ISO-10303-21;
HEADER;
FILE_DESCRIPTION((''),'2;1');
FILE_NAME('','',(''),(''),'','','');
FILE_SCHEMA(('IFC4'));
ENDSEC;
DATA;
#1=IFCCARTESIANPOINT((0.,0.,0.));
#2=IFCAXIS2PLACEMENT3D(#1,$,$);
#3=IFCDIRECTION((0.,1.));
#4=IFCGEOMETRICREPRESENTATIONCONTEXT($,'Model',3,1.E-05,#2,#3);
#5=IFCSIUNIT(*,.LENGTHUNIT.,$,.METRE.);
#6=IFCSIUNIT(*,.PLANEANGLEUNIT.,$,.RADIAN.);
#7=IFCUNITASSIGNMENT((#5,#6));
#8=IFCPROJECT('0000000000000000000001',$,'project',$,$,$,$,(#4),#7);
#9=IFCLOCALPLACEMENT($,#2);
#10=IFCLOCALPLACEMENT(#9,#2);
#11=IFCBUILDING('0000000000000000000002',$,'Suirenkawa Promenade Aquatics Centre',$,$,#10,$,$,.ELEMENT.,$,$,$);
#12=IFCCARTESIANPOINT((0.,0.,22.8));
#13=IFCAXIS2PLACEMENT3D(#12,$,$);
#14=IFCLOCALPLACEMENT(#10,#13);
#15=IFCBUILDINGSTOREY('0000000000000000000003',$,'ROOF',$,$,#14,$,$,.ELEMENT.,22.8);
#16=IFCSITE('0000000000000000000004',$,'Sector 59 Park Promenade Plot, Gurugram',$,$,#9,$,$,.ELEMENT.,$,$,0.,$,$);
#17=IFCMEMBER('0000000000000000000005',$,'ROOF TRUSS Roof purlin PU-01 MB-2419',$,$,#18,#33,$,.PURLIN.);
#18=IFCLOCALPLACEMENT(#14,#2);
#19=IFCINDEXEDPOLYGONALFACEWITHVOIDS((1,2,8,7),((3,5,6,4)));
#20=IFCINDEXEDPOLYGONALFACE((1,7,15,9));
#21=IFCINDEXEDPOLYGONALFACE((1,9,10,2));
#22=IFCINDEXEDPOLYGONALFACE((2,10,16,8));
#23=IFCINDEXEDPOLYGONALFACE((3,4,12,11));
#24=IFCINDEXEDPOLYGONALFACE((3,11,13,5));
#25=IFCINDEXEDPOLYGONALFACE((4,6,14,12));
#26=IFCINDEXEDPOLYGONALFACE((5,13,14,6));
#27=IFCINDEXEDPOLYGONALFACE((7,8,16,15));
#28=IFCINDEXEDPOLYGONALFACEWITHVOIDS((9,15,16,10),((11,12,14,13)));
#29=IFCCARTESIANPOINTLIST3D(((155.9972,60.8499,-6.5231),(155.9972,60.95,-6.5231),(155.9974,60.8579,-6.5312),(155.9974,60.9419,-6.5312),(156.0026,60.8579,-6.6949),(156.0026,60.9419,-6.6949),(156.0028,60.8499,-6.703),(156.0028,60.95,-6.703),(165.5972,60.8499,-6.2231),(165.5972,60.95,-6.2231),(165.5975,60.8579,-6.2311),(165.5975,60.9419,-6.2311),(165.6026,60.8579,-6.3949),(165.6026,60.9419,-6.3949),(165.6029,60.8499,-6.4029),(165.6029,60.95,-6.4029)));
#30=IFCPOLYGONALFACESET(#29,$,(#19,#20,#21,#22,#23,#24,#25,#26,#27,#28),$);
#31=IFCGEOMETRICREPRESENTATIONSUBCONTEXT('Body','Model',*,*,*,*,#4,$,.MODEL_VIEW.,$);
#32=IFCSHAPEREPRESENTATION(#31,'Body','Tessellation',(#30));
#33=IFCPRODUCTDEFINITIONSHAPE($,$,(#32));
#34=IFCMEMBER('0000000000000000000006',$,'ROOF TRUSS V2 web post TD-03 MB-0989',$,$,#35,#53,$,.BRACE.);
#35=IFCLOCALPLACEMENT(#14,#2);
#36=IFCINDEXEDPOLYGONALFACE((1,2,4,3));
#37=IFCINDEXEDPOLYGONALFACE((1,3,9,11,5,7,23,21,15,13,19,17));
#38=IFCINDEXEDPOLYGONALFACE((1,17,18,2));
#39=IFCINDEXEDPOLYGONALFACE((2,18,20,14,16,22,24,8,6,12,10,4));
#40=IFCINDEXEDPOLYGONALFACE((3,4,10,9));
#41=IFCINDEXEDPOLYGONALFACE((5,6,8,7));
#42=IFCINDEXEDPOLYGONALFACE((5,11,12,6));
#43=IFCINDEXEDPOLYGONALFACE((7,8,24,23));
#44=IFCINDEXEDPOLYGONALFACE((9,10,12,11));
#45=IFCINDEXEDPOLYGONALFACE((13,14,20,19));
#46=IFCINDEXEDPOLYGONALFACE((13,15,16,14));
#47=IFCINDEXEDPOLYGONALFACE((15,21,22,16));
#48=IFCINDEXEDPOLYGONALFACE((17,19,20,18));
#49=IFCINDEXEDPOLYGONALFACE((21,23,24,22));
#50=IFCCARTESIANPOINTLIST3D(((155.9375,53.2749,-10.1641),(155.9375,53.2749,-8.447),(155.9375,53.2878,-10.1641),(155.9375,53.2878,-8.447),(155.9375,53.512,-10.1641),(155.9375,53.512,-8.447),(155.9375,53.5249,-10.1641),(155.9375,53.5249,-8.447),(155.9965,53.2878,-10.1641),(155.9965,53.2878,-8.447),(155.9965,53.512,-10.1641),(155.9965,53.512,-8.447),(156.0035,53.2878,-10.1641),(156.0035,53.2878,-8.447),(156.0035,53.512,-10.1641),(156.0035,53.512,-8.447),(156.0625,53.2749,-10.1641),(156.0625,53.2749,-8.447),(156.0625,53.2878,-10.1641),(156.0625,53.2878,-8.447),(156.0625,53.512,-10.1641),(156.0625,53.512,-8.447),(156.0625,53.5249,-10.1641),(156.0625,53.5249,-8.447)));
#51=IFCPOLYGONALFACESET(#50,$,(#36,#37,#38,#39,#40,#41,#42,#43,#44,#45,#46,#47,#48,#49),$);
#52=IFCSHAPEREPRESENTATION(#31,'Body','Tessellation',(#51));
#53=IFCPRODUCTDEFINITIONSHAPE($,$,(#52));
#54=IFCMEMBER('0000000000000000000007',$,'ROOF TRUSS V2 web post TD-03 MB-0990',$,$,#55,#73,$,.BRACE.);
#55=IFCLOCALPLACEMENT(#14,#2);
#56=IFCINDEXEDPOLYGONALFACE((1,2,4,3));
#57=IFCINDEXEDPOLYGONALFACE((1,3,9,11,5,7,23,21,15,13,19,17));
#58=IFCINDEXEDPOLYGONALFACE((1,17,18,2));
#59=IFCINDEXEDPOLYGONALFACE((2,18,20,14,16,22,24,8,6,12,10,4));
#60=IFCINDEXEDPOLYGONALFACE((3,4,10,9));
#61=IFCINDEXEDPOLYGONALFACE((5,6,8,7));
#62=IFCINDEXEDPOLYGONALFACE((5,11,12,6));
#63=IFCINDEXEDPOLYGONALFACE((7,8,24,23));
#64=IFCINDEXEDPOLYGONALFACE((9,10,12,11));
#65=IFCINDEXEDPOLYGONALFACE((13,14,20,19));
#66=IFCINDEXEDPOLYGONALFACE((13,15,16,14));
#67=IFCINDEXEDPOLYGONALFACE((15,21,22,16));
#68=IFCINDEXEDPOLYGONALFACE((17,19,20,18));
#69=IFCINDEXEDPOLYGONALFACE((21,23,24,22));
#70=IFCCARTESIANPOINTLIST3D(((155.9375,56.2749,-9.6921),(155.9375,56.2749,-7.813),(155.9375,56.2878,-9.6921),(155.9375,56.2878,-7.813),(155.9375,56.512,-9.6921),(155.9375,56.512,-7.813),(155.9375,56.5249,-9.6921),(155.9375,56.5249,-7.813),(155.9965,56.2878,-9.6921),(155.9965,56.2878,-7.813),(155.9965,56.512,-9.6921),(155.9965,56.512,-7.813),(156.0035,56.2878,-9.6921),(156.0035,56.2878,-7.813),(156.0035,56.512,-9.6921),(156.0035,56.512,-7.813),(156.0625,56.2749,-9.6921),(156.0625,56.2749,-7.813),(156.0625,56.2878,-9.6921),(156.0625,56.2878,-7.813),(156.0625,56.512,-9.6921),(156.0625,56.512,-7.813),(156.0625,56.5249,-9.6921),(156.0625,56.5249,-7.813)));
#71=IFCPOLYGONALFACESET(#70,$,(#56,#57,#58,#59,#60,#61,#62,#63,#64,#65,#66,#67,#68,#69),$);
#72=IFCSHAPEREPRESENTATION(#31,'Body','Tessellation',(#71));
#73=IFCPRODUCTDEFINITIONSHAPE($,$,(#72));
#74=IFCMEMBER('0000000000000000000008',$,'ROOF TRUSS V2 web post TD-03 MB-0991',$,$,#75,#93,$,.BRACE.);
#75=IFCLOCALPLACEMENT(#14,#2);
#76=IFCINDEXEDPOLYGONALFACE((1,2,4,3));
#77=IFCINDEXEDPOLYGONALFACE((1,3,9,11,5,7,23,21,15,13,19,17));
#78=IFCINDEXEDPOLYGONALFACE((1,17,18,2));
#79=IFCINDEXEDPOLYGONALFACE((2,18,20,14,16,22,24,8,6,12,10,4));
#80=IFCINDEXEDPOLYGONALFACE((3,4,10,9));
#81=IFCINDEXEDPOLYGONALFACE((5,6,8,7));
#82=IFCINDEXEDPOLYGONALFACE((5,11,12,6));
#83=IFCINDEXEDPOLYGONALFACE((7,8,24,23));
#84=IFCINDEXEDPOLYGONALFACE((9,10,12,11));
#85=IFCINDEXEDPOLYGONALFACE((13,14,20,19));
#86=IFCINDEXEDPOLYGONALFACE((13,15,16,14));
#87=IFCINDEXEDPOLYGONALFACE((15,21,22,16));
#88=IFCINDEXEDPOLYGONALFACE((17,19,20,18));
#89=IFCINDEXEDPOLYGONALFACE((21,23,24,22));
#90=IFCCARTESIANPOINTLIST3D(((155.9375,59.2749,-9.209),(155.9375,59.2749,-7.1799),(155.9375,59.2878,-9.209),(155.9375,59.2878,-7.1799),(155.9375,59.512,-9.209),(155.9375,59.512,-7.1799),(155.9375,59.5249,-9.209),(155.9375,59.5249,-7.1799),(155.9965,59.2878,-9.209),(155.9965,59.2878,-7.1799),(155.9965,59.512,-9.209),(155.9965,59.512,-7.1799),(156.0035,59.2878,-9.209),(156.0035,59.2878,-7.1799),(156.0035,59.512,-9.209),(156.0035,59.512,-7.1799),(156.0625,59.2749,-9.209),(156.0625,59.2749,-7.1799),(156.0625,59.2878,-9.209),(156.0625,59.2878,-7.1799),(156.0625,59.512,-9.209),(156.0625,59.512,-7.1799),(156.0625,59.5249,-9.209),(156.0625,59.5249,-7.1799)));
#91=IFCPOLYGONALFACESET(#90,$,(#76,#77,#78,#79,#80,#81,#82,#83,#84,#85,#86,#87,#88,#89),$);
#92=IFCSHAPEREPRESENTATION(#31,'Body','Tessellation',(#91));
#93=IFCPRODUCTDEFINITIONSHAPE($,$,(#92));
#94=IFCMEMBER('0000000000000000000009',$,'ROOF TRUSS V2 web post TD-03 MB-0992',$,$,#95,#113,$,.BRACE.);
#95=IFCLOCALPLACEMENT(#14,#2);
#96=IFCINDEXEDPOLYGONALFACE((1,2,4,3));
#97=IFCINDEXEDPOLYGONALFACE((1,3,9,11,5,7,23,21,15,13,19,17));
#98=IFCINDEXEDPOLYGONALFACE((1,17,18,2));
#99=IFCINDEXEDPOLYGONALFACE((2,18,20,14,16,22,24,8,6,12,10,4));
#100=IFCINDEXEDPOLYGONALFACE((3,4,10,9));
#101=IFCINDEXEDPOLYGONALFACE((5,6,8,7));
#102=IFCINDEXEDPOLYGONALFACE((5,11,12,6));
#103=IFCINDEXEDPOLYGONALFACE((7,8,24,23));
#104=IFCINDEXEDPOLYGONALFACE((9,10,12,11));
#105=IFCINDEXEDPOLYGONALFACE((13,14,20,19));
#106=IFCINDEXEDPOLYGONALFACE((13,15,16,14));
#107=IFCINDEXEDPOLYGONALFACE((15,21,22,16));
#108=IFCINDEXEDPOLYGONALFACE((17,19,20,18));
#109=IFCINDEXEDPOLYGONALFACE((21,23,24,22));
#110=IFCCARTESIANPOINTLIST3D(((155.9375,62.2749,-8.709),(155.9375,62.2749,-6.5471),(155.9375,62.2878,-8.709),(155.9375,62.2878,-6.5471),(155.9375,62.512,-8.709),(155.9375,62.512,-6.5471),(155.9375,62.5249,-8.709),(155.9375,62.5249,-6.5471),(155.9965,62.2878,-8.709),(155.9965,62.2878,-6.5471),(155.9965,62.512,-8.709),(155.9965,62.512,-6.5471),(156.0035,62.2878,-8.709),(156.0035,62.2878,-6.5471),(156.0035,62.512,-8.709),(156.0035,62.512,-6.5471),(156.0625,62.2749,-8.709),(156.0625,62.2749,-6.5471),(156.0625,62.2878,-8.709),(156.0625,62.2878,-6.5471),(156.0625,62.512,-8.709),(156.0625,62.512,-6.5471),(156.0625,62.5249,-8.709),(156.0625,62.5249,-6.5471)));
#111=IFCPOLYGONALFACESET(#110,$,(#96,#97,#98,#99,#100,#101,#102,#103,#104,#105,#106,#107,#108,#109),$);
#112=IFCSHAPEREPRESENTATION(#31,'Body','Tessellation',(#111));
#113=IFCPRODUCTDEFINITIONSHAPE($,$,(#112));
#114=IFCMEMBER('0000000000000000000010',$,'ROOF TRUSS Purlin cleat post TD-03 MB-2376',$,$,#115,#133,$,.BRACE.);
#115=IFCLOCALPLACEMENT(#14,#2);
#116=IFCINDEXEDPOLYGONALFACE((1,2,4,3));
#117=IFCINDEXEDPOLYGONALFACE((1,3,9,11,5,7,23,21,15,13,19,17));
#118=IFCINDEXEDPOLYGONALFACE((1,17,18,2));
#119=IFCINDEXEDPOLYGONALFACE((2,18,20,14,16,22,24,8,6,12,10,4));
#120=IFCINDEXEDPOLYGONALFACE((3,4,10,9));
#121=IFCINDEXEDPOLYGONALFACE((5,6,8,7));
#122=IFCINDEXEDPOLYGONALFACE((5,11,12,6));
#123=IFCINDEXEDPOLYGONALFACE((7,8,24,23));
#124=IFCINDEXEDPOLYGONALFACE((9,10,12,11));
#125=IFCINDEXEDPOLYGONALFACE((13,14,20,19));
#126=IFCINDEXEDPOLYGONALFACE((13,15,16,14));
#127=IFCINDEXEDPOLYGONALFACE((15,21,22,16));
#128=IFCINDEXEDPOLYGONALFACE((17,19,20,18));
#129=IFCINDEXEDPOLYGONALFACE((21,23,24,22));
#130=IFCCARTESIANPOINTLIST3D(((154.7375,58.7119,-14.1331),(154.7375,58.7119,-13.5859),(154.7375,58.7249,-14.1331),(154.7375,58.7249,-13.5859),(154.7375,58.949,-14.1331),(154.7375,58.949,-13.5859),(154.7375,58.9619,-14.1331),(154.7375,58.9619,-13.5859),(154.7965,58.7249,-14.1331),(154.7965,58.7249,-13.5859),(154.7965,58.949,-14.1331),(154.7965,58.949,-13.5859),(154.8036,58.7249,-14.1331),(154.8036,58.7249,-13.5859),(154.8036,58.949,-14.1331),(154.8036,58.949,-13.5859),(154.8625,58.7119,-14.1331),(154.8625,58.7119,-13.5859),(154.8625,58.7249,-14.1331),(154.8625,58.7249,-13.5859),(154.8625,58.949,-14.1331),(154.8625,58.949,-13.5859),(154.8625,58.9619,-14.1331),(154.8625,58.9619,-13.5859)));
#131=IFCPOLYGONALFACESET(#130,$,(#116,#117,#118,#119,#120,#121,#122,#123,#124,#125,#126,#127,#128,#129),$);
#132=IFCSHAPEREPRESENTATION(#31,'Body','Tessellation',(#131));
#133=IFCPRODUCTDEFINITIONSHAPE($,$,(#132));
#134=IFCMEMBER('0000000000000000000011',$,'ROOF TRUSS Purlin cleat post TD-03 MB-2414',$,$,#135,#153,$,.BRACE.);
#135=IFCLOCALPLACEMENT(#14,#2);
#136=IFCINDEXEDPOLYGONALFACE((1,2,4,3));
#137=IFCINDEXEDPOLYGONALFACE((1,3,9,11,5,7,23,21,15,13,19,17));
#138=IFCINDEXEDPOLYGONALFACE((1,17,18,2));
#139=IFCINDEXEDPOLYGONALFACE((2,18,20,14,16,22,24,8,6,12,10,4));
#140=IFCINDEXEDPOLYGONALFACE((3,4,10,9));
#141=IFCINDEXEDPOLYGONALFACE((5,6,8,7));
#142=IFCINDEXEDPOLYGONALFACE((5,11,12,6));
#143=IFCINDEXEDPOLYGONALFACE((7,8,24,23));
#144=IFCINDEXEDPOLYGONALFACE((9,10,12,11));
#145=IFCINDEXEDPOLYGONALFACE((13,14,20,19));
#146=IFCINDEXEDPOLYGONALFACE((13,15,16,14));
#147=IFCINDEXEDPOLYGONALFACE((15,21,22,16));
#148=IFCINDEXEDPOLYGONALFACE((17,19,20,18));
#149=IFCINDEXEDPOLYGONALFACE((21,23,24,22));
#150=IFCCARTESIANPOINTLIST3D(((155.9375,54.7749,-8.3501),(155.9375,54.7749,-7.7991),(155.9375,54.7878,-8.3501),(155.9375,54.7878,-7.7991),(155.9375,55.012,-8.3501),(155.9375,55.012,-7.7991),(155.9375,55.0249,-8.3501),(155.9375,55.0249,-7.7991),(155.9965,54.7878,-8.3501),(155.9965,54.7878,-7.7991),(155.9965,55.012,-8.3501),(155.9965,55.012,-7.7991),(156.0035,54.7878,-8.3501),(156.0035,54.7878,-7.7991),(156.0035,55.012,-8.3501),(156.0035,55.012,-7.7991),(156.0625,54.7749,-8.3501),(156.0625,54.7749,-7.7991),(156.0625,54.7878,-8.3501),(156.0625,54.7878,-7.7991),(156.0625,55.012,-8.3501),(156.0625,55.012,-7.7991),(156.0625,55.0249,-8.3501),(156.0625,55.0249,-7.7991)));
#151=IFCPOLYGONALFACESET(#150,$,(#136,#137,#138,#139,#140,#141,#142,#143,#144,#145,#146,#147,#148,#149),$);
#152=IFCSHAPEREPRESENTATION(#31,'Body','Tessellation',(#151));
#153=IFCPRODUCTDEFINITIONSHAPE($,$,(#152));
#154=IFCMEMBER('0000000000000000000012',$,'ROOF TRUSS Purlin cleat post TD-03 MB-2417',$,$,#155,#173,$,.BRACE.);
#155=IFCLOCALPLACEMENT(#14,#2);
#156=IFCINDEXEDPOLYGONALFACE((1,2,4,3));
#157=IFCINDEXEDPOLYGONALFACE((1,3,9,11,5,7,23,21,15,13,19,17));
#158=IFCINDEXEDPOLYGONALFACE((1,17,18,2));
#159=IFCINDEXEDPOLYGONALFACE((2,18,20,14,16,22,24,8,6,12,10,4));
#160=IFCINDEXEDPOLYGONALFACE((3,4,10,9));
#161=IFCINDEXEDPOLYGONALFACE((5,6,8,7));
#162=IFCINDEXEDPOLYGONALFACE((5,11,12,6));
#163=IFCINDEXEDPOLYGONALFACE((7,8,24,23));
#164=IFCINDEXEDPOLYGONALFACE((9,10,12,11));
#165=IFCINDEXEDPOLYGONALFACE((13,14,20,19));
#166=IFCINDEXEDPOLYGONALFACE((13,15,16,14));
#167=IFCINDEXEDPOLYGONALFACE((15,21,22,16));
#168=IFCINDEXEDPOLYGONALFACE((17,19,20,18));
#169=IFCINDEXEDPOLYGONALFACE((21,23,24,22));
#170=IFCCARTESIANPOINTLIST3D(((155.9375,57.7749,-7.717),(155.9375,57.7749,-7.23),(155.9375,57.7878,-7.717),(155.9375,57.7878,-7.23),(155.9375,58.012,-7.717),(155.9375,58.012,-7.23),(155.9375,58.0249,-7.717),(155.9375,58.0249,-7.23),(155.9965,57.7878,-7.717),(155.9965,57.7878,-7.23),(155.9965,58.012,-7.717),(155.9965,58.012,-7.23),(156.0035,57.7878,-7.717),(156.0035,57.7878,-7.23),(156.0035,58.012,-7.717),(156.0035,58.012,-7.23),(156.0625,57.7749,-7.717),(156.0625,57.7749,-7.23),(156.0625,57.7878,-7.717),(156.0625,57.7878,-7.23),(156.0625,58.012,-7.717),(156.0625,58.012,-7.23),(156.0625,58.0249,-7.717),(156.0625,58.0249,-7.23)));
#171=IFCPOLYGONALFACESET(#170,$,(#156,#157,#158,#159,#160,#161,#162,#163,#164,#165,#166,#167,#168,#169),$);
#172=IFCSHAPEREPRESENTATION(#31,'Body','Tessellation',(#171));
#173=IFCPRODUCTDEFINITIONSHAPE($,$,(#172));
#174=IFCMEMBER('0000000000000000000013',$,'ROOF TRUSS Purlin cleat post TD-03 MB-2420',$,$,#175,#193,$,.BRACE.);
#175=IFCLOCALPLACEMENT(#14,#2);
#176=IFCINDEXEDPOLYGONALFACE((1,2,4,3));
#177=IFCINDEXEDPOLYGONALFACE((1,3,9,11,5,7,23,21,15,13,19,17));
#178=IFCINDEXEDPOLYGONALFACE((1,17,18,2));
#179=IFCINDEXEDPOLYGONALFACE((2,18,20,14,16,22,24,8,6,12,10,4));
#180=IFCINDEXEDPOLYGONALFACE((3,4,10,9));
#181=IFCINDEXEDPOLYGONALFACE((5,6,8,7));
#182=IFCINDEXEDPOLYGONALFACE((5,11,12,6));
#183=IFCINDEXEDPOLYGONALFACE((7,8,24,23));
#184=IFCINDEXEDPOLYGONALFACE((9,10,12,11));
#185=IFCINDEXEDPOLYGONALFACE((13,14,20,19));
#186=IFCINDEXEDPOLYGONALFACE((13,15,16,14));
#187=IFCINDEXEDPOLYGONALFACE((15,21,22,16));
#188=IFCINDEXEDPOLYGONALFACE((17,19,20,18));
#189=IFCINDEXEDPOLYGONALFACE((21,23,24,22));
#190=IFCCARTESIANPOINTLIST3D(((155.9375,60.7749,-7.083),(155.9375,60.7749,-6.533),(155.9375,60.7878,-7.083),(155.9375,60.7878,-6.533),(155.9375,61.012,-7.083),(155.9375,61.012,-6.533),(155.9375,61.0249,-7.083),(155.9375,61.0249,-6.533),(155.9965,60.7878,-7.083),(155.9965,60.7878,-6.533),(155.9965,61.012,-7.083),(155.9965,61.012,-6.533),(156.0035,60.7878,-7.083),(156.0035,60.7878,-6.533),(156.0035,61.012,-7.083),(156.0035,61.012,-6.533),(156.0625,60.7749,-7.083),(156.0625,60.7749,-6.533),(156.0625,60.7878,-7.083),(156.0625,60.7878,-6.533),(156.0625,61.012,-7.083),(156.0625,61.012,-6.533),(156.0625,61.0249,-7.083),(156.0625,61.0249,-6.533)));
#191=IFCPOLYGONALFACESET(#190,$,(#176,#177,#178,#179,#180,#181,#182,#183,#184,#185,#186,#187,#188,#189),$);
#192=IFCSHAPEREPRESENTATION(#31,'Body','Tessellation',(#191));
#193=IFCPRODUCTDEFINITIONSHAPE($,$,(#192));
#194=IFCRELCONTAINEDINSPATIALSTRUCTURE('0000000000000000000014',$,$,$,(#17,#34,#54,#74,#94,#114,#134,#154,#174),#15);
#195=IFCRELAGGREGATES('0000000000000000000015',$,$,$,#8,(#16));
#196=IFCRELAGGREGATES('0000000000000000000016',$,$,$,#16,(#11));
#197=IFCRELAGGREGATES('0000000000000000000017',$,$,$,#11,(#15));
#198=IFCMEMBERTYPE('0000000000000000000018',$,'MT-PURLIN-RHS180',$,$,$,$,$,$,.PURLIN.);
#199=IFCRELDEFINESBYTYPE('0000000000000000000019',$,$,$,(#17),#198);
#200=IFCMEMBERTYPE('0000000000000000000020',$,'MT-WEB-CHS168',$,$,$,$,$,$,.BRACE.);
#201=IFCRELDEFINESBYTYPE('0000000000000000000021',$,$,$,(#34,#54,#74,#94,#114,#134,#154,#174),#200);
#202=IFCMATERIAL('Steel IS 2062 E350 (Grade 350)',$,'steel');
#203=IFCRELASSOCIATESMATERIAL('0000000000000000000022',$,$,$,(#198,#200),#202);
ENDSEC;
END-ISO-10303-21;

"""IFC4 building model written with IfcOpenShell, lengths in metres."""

from ifc_helpers import new_model, si_unit, direction, frame, origin, origin_2d, place, context, subcontext, project, spatial, hollow_rectangle, i_section, extrude, material, material_profile, profile_set, type_object, element, save


model = new_model("IFC4")

# Units and contexts
model_context = context("Model", 3, precision=1e-05, world=origin(), true_north=direction((0.0, 1.0)))
body_context = subcontext(model_context, "Body", "Model", "MODEL_VIEW")
ifc_project = project(units=[si_unit("LENGTHUNIT", "METRE"), si_unit("PLANEANGLEUNIT", "RADIAN")], contexts=[model_context])

# Site, building, storey
site_placement = place(None, origin())
site = spatial("IfcSite", under=ifc_project, at=site_placement, Name="Sector 59 Park Promenade Plot, Gurugram", CompositionType="ELEMENT", RefElevation=0.0)
building_placement = place(site_placement, origin())
building = spatial("IfcBuilding", under=site, at=building_placement, Name="Suirenkawa Promenade Aquatics Centre", CompositionType="ELEMENT")
storey_placement = place(building_placement, frame((0.0, 0.0, 22.8)))
storey = spatial("IfcBuildingStorey", under=building, at=storey_placement, Name="ROOF", CompositionType="ELEMENT", Elevation=22.8)

# Shared definitions
ifc_material = material(Name="Steel IS 2062 E350 (Grade 350)", Category="steel")

# Members
ifc_material_profile_1 = material_profile(ifc_material, hollow_rectangle(XDim=0.1001, YDim=0.1799, WallThickness=0.0081, at=origin_2d()), Name="RHS 180x100x8", Category="steel")
ifc_profile_set_1 = profile_set([ifc_material_profile_1], Name="Steel IS 2062 E350 (Grade 350)")
member_type_1 = type_object("IfcMemberType", Name="MT-PURLIN-RHS180", PredefinedType="PURLIN", material=ifc_profile_set_1)
for number, where, z_axis, x_axis, name in (
    (1, (156.0, 60.8999, -6.613), (0.999512, 0.0, 0.03124), (0.0, 1.0, 0.0), "ROOF TRUSS Roof purlin PU-01 MB-2419"),
):
    element("IfcMember", number, at=place(storey_placement, frame(where, z_axis=z_axis, x_axis=x_axis)), inside=storey, type_object=member_type_1, Name=name, PredefinedType="PURLIN", context=body_context, shape_type="SweptSolid", body=[
        extrude(hollow_rectangle(XDim=0.1001, YDim=0.1799, WallThickness=0.0081, at=origin_2d()), origin(), (0.0, 0.0, 1.0), 9.6047),
    ])
ifc_material_profile_2 = material_profile(ifc_material, i_section(OverallWidth=0.125, OverallDepth=0.25, WebThickness=0.0071, FlangeThickness=0.0129, at=origin_2d()), Name="ISMB 250", Category="steel")
ifc_profile_set_2 = profile_set([ifc_material_profile_2], Name="Steel IS 2062 E350 (Grade 350)")
member_type_2 = type_object("IfcMemberType", Name="MT-WEB-CHS168", PredefinedType="BRACE", material=ifc_profile_set_2)
member_1_placement = place(storey_placement, frame((156.0, 53.3999, -10.1641), z_axis=(0.0, 0.0, 1.0), x_axis=(1.0, 0.0, 0.0)))
element("IfcMember", 2, at=member_1_placement, inside=storey, type_object=member_type_2, Name="ROOF TRUSS V2 web post TD-03 MB-0989", PredefinedType="BRACE", context=body_context, shape_type="SweptSolid", body=[
    extrude(i_section(OverallWidth=0.125, OverallDepth=0.25, WebThickness=0.0071, FlangeThickness=0.0129, at=origin_2d()), origin(), (0.0, 0.0, 1.0), 1.717),
])
member_2_placement = place(storey_placement, frame((156.0, 56.3999, -9.6921), z_axis=(0.0, 0.0, 1.0), x_axis=(1.0, 0.0, 0.0)))
element("IfcMember", 3, at=member_2_placement, inside=storey, type_object=member_type_2, Name="ROOF TRUSS V2 web post TD-03 MB-0990", PredefinedType="BRACE", context=body_context, shape_type="SweptSolid", body=[
    extrude(i_section(OverallWidth=0.125, OverallDepth=0.25, WebThickness=0.0071, FlangeThickness=0.0129, at=origin_2d()), origin(), (0.0, 0.0, 1.0), 1.8792),
])
member_3_placement = place(storey_placement, frame((156.0, 59.3999, -9.209), z_axis=(0.0, 0.0, 1.0), x_axis=(1.0, 0.0, 0.0)))
element("IfcMember", 4, at=member_3_placement, inside=storey, type_object=member_type_2, Name="ROOF TRUSS V2 web post TD-03 MB-0991", PredefinedType="BRACE", context=body_context, shape_type="SweptSolid", body=[
    extrude(i_section(OverallWidth=0.125, OverallDepth=0.25, WebThickness=0.0071, FlangeThickness=0.0129, at=origin_2d()), origin(), (0.0, 0.0, 1.0), 2.0291),
])
member_4_placement = place(storey_placement, frame((156.0, 62.3999, -8.709), z_axis=(0.0, 0.0, 1.0), x_axis=(1.0, 0.0, 0.0)))
element("IfcMember", 5, at=member_4_placement, inside=storey, type_object=member_type_2, Name="ROOF TRUSS V2 web post TD-03 MB-0992", PredefinedType="BRACE", context=body_context, shape_type="SweptSolid", body=[
    extrude(i_section(OverallWidth=0.125, OverallDepth=0.25, WebThickness=0.0071, FlangeThickness=0.0129, at=origin_2d()), origin(), (0.0, 0.0, 1.0), 2.1619),
])
member_5_placement = place(storey_placement, frame((154.8, 58.8369, -14.1331), z_axis=(0.0, 0.0, 1.0), x_axis=(1.0, 0.0, 0.0)))
element("IfcMember", 6, at=member_5_placement, inside=storey, type_object=member_type_2, Name="ROOF TRUSS Purlin cleat post TD-03 MB-2376", PredefinedType="BRACE", context=body_context, shape_type="SweptSolid", body=[
    extrude(i_section(OverallWidth=0.125, OverallDepth=0.25, WebThickness=0.0071, FlangeThickness=0.0129, at=origin_2d()), origin(), (0.0, 0.0, 1.0), 0.5471),
])
member_6_placement = place(storey_placement, frame((156.0, 54.8999, -8.3501), z_axis=(0.0, 0.0, 1.0), x_axis=(1.0, 0.0, 0.0)))
element("IfcMember", 7, at=member_6_placement, inside=storey, type_object=member_type_2, Name="ROOF TRUSS Purlin cleat post TD-03 MB-2414", PredefinedType="BRACE", context=body_context, shape_type="SweptSolid", body=[
    extrude(i_section(OverallWidth=0.125, OverallDepth=0.25, WebThickness=0.0071, FlangeThickness=0.0129, at=origin_2d()), origin(), (0.0, 0.0, 1.0), 0.551),
])
member_7_placement = place(storey_placement, frame((156.0, 57.8999, -7.717), z_axis=(0.0, 0.0, 1.0), x_axis=(1.0, 0.0, 0.0)))
element("IfcMember", 8, at=member_7_placement, inside=storey, type_object=member_type_2, Name="ROOF TRUSS Purlin cleat post TD-03 MB-2417", PredefinedType="BRACE", context=body_context, shape_type="SweptSolid", body=[
    extrude(i_section(OverallWidth=0.125, OverallDepth=0.25, WebThickness=0.0071, FlangeThickness=0.0129, at=origin_2d()), origin(), (0.0, 0.0, 1.0), 0.4871),
])
member_8_placement = place(storey_placement, frame((156.0, 60.8999, -7.083), z_axis=(0.0, 0.0, 1.0), x_axis=(1.0, 0.0, 0.0)))
element("IfcMember", 9, at=member_8_placement, inside=storey, type_object=member_type_2, Name="ROOF TRUSS Purlin cleat post TD-03 MB-2420", PredefinedType="BRACE", context=body_context, shape_type="SweptSolid", body=[
    extrude(i_section(OverallWidth=0.125, OverallDepth=0.25, WebThickness=0.0071, FlangeThickness=0.0129, at=origin_2d()), origin(), (0.0, 0.0, 1.0), 0.55),
])

save(model, "model.ifc")
